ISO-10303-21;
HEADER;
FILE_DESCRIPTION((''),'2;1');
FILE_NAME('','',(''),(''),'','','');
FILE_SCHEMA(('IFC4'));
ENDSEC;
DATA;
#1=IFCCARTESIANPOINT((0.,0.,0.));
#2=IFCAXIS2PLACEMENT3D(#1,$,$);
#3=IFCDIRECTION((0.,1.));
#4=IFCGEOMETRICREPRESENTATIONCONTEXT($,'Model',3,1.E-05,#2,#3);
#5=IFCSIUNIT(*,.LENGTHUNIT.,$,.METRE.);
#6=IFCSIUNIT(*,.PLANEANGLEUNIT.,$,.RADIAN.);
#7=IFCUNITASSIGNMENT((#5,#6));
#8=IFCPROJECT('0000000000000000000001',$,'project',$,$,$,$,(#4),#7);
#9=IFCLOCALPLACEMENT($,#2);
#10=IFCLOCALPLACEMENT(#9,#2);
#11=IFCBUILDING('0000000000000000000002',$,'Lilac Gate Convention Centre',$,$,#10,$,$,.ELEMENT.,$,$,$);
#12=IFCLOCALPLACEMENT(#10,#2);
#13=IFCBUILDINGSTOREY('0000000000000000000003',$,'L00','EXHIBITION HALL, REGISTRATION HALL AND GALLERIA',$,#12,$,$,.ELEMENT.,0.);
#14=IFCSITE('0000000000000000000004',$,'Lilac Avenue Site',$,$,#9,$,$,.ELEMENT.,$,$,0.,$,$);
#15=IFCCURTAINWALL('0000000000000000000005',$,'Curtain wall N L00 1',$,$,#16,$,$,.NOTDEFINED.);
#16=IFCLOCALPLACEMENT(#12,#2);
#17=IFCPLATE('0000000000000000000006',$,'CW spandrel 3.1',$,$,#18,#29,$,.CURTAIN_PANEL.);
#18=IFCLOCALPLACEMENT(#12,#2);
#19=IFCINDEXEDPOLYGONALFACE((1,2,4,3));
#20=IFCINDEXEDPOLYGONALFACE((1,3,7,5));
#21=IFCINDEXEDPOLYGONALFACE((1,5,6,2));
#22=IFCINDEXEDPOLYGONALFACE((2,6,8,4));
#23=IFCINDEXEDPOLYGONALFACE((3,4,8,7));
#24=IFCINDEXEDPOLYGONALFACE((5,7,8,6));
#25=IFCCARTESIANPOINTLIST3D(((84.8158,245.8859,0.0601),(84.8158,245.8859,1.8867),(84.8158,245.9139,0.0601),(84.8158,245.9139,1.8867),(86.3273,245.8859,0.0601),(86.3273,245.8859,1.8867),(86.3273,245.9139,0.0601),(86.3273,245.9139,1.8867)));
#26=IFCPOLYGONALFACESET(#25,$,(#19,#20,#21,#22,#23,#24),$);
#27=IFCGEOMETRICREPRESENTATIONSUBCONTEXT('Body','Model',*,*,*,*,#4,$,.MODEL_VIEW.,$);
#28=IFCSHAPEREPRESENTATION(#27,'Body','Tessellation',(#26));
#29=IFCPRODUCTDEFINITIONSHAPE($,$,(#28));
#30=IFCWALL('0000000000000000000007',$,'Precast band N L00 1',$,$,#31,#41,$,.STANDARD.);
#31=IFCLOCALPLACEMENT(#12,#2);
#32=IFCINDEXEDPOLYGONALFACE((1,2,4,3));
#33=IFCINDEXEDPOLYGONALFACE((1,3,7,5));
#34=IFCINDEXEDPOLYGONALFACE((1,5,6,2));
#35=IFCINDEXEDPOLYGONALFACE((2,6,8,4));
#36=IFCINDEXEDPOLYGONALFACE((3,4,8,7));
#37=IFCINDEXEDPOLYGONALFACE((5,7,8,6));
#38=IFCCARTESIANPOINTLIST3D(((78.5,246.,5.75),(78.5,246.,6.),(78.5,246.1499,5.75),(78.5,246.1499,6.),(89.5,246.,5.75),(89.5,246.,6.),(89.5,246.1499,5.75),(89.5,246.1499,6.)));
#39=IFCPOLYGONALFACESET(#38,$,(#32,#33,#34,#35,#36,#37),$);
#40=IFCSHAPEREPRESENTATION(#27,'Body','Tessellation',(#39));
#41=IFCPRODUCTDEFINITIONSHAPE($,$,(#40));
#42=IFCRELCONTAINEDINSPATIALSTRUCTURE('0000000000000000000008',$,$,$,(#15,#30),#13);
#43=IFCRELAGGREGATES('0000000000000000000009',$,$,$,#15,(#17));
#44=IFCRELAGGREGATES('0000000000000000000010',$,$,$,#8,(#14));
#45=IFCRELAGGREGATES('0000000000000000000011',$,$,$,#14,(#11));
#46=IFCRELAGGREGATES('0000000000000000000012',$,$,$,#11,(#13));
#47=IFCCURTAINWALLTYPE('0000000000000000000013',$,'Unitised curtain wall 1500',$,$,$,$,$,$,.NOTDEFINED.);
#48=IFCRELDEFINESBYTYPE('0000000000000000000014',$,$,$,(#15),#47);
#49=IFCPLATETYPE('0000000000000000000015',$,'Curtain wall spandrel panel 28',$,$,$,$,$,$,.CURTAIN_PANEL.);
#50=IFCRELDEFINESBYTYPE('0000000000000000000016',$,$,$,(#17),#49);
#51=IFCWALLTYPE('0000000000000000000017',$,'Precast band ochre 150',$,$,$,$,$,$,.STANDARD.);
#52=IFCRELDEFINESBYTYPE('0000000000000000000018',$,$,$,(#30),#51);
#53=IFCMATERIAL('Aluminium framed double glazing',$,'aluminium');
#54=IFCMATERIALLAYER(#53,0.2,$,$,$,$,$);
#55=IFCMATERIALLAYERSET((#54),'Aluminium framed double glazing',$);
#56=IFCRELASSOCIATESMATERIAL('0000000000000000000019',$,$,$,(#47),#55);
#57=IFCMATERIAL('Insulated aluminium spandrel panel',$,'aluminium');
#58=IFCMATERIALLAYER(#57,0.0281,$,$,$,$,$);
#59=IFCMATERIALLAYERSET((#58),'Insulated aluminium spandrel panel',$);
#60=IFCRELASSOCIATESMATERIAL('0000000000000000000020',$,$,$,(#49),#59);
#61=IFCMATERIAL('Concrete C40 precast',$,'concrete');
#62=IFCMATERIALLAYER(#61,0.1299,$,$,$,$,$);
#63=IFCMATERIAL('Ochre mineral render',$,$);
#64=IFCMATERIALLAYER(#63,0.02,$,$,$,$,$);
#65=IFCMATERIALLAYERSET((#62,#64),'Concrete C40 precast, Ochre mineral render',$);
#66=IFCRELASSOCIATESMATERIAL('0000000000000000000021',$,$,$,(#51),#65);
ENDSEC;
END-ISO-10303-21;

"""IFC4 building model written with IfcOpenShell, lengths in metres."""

from ifc_helpers import new_model, si_unit, direction, frame, frame_2d, origin, origin_2d, place, context, subcontext, project, spatial, rectangle, extrude, material, layer, layer_set, type_object, element, aggregate, save


model = new_model("IFC4")

# Units and contexts
model_context = context("Model", 3, precision=1e-05, world=origin(), true_north=direction((0.0, 1.0)))
body_context = subcontext(model_context, "Body", "Model", "MODEL_VIEW")
ifc_project = project(units=[si_unit("LENGTHUNIT", "METRE"), si_unit("PLANEANGLEUNIT", "RADIAN")], contexts=[model_context])

# Site, building, storey
site_placement = place(None, origin())
site = spatial("IfcSite", under=ifc_project, at=site_placement, Name="Lilac Avenue Site", CompositionType="ELEMENT", RefElevation=0.0)
building_placement = place(site_placement, origin())
building = spatial("IfcBuilding", under=site, at=building_placement, Name="Lilac Gate Convention Centre", CompositionType="ELEMENT")
storey_placement = place(building_placement, origin())
storey = spatial("IfcBuildingStorey", under=building, at=storey_placement, Name="L00", Description="EXHIBITION HALL, REGISTRATION HALL AND GALLERIA", CompositionType="ELEMENT", Elevation=0.0)

# Curtain wall, plate
ifc_material_1 = material(Name="Aluminium framed double glazing", Category="aluminium")
ifc_layer_1 = layer(ifc_material_1, 0.2)
ifc_layer_set_1 = layer_set([ifc_layer_1], Name="Aluminium framed double glazing")
curtain_wall_type = type_object("IfcCurtainWallType", Name="Unitised curtain wall 1500", PredefinedType="NOTDEFINED", material=ifc_layer_set_1)
curtain_wall_placement = place(storey_placement, origin())
curtain_wall = element("IfcCurtainWall", 1, at=curtain_wall_placement, inside=storey, type_object=curtain_wall_type, Name="Curtain wall N L00 1", PredefinedType="NOTDEFINED")
ifc_material_2 = material(Name="Insulated aluminium spandrel panel", Category="aluminium")
ifc_layer_2 = layer(ifc_material_2, 0.0281)
ifc_layer_set_2 = layer_set([ifc_layer_2], Name="Insulated aluminium spandrel panel")
plate_type_1 = type_object("IfcPlateType", Name="Curtain wall spandrel panel 28", PredefinedType="CURTAIN_PANEL", material=ifc_layer_set_2)
plate_1_placement = place(storey_placement, frame((85.5715, 245.8999, 0.0601), z_axis=(0.0, 0.0, 1.0), x_axis=(-1.0, 0.0, 0.0)))
plate_1 = element("IfcPlate", 2, at=plate_1_placement, type_object=plate_type_1, Name="CW spandrel 3.1", PredefinedType="CURTAIN_PANEL", context=body_context, shape_type="SweptSolid", body=[
    extrude(rectangle(XDim=1.5115, YDim=0.0281, at=origin_2d()), origin(), (0.0, 0.0, 1.0), 1.8267),
])
aggregate(curtain_wall, [plate_1])

# Wall
ifc_material_3 = material(Name="Concrete C40 precast", Category="concrete")
ifc_layer_3 = layer(ifc_material_3, 0.1299)
ifc_material_4 = material(Name="Ochre mineral render")
ifc_layer_4 = layer(ifc_material_4, 0.02)
ifc_layer_set_3 = layer_set([ifc_layer_3, ifc_layer_4], Name="Concrete C40 precast, Ochre mineral render")
wall_type = type_object("IfcWallType", Name="Precast band ochre 150", PredefinedType="STANDARD", material=ifc_layer_set_3)
wall_placement = place(storey_placement, frame((89.5, 246.075, 5.75), z_axis=(0.0, 0.0, 1.0), x_axis=(-1.0, 0.0, 0.0)))
element("IfcWall", 3, at=wall_placement, inside=storey, type_object=wall_type, Name="Precast band N L00 1", PredefinedType="STANDARD", context=body_context, shape_type="SweptSolid", body=[
    extrude(rectangle(XDim=11.0, YDim=0.1499, at=frame_2d((5.5, 0.0))), origin(), (0.0, 0.0, 1.0), 0.25),
])

save(model, "model.ifc")
